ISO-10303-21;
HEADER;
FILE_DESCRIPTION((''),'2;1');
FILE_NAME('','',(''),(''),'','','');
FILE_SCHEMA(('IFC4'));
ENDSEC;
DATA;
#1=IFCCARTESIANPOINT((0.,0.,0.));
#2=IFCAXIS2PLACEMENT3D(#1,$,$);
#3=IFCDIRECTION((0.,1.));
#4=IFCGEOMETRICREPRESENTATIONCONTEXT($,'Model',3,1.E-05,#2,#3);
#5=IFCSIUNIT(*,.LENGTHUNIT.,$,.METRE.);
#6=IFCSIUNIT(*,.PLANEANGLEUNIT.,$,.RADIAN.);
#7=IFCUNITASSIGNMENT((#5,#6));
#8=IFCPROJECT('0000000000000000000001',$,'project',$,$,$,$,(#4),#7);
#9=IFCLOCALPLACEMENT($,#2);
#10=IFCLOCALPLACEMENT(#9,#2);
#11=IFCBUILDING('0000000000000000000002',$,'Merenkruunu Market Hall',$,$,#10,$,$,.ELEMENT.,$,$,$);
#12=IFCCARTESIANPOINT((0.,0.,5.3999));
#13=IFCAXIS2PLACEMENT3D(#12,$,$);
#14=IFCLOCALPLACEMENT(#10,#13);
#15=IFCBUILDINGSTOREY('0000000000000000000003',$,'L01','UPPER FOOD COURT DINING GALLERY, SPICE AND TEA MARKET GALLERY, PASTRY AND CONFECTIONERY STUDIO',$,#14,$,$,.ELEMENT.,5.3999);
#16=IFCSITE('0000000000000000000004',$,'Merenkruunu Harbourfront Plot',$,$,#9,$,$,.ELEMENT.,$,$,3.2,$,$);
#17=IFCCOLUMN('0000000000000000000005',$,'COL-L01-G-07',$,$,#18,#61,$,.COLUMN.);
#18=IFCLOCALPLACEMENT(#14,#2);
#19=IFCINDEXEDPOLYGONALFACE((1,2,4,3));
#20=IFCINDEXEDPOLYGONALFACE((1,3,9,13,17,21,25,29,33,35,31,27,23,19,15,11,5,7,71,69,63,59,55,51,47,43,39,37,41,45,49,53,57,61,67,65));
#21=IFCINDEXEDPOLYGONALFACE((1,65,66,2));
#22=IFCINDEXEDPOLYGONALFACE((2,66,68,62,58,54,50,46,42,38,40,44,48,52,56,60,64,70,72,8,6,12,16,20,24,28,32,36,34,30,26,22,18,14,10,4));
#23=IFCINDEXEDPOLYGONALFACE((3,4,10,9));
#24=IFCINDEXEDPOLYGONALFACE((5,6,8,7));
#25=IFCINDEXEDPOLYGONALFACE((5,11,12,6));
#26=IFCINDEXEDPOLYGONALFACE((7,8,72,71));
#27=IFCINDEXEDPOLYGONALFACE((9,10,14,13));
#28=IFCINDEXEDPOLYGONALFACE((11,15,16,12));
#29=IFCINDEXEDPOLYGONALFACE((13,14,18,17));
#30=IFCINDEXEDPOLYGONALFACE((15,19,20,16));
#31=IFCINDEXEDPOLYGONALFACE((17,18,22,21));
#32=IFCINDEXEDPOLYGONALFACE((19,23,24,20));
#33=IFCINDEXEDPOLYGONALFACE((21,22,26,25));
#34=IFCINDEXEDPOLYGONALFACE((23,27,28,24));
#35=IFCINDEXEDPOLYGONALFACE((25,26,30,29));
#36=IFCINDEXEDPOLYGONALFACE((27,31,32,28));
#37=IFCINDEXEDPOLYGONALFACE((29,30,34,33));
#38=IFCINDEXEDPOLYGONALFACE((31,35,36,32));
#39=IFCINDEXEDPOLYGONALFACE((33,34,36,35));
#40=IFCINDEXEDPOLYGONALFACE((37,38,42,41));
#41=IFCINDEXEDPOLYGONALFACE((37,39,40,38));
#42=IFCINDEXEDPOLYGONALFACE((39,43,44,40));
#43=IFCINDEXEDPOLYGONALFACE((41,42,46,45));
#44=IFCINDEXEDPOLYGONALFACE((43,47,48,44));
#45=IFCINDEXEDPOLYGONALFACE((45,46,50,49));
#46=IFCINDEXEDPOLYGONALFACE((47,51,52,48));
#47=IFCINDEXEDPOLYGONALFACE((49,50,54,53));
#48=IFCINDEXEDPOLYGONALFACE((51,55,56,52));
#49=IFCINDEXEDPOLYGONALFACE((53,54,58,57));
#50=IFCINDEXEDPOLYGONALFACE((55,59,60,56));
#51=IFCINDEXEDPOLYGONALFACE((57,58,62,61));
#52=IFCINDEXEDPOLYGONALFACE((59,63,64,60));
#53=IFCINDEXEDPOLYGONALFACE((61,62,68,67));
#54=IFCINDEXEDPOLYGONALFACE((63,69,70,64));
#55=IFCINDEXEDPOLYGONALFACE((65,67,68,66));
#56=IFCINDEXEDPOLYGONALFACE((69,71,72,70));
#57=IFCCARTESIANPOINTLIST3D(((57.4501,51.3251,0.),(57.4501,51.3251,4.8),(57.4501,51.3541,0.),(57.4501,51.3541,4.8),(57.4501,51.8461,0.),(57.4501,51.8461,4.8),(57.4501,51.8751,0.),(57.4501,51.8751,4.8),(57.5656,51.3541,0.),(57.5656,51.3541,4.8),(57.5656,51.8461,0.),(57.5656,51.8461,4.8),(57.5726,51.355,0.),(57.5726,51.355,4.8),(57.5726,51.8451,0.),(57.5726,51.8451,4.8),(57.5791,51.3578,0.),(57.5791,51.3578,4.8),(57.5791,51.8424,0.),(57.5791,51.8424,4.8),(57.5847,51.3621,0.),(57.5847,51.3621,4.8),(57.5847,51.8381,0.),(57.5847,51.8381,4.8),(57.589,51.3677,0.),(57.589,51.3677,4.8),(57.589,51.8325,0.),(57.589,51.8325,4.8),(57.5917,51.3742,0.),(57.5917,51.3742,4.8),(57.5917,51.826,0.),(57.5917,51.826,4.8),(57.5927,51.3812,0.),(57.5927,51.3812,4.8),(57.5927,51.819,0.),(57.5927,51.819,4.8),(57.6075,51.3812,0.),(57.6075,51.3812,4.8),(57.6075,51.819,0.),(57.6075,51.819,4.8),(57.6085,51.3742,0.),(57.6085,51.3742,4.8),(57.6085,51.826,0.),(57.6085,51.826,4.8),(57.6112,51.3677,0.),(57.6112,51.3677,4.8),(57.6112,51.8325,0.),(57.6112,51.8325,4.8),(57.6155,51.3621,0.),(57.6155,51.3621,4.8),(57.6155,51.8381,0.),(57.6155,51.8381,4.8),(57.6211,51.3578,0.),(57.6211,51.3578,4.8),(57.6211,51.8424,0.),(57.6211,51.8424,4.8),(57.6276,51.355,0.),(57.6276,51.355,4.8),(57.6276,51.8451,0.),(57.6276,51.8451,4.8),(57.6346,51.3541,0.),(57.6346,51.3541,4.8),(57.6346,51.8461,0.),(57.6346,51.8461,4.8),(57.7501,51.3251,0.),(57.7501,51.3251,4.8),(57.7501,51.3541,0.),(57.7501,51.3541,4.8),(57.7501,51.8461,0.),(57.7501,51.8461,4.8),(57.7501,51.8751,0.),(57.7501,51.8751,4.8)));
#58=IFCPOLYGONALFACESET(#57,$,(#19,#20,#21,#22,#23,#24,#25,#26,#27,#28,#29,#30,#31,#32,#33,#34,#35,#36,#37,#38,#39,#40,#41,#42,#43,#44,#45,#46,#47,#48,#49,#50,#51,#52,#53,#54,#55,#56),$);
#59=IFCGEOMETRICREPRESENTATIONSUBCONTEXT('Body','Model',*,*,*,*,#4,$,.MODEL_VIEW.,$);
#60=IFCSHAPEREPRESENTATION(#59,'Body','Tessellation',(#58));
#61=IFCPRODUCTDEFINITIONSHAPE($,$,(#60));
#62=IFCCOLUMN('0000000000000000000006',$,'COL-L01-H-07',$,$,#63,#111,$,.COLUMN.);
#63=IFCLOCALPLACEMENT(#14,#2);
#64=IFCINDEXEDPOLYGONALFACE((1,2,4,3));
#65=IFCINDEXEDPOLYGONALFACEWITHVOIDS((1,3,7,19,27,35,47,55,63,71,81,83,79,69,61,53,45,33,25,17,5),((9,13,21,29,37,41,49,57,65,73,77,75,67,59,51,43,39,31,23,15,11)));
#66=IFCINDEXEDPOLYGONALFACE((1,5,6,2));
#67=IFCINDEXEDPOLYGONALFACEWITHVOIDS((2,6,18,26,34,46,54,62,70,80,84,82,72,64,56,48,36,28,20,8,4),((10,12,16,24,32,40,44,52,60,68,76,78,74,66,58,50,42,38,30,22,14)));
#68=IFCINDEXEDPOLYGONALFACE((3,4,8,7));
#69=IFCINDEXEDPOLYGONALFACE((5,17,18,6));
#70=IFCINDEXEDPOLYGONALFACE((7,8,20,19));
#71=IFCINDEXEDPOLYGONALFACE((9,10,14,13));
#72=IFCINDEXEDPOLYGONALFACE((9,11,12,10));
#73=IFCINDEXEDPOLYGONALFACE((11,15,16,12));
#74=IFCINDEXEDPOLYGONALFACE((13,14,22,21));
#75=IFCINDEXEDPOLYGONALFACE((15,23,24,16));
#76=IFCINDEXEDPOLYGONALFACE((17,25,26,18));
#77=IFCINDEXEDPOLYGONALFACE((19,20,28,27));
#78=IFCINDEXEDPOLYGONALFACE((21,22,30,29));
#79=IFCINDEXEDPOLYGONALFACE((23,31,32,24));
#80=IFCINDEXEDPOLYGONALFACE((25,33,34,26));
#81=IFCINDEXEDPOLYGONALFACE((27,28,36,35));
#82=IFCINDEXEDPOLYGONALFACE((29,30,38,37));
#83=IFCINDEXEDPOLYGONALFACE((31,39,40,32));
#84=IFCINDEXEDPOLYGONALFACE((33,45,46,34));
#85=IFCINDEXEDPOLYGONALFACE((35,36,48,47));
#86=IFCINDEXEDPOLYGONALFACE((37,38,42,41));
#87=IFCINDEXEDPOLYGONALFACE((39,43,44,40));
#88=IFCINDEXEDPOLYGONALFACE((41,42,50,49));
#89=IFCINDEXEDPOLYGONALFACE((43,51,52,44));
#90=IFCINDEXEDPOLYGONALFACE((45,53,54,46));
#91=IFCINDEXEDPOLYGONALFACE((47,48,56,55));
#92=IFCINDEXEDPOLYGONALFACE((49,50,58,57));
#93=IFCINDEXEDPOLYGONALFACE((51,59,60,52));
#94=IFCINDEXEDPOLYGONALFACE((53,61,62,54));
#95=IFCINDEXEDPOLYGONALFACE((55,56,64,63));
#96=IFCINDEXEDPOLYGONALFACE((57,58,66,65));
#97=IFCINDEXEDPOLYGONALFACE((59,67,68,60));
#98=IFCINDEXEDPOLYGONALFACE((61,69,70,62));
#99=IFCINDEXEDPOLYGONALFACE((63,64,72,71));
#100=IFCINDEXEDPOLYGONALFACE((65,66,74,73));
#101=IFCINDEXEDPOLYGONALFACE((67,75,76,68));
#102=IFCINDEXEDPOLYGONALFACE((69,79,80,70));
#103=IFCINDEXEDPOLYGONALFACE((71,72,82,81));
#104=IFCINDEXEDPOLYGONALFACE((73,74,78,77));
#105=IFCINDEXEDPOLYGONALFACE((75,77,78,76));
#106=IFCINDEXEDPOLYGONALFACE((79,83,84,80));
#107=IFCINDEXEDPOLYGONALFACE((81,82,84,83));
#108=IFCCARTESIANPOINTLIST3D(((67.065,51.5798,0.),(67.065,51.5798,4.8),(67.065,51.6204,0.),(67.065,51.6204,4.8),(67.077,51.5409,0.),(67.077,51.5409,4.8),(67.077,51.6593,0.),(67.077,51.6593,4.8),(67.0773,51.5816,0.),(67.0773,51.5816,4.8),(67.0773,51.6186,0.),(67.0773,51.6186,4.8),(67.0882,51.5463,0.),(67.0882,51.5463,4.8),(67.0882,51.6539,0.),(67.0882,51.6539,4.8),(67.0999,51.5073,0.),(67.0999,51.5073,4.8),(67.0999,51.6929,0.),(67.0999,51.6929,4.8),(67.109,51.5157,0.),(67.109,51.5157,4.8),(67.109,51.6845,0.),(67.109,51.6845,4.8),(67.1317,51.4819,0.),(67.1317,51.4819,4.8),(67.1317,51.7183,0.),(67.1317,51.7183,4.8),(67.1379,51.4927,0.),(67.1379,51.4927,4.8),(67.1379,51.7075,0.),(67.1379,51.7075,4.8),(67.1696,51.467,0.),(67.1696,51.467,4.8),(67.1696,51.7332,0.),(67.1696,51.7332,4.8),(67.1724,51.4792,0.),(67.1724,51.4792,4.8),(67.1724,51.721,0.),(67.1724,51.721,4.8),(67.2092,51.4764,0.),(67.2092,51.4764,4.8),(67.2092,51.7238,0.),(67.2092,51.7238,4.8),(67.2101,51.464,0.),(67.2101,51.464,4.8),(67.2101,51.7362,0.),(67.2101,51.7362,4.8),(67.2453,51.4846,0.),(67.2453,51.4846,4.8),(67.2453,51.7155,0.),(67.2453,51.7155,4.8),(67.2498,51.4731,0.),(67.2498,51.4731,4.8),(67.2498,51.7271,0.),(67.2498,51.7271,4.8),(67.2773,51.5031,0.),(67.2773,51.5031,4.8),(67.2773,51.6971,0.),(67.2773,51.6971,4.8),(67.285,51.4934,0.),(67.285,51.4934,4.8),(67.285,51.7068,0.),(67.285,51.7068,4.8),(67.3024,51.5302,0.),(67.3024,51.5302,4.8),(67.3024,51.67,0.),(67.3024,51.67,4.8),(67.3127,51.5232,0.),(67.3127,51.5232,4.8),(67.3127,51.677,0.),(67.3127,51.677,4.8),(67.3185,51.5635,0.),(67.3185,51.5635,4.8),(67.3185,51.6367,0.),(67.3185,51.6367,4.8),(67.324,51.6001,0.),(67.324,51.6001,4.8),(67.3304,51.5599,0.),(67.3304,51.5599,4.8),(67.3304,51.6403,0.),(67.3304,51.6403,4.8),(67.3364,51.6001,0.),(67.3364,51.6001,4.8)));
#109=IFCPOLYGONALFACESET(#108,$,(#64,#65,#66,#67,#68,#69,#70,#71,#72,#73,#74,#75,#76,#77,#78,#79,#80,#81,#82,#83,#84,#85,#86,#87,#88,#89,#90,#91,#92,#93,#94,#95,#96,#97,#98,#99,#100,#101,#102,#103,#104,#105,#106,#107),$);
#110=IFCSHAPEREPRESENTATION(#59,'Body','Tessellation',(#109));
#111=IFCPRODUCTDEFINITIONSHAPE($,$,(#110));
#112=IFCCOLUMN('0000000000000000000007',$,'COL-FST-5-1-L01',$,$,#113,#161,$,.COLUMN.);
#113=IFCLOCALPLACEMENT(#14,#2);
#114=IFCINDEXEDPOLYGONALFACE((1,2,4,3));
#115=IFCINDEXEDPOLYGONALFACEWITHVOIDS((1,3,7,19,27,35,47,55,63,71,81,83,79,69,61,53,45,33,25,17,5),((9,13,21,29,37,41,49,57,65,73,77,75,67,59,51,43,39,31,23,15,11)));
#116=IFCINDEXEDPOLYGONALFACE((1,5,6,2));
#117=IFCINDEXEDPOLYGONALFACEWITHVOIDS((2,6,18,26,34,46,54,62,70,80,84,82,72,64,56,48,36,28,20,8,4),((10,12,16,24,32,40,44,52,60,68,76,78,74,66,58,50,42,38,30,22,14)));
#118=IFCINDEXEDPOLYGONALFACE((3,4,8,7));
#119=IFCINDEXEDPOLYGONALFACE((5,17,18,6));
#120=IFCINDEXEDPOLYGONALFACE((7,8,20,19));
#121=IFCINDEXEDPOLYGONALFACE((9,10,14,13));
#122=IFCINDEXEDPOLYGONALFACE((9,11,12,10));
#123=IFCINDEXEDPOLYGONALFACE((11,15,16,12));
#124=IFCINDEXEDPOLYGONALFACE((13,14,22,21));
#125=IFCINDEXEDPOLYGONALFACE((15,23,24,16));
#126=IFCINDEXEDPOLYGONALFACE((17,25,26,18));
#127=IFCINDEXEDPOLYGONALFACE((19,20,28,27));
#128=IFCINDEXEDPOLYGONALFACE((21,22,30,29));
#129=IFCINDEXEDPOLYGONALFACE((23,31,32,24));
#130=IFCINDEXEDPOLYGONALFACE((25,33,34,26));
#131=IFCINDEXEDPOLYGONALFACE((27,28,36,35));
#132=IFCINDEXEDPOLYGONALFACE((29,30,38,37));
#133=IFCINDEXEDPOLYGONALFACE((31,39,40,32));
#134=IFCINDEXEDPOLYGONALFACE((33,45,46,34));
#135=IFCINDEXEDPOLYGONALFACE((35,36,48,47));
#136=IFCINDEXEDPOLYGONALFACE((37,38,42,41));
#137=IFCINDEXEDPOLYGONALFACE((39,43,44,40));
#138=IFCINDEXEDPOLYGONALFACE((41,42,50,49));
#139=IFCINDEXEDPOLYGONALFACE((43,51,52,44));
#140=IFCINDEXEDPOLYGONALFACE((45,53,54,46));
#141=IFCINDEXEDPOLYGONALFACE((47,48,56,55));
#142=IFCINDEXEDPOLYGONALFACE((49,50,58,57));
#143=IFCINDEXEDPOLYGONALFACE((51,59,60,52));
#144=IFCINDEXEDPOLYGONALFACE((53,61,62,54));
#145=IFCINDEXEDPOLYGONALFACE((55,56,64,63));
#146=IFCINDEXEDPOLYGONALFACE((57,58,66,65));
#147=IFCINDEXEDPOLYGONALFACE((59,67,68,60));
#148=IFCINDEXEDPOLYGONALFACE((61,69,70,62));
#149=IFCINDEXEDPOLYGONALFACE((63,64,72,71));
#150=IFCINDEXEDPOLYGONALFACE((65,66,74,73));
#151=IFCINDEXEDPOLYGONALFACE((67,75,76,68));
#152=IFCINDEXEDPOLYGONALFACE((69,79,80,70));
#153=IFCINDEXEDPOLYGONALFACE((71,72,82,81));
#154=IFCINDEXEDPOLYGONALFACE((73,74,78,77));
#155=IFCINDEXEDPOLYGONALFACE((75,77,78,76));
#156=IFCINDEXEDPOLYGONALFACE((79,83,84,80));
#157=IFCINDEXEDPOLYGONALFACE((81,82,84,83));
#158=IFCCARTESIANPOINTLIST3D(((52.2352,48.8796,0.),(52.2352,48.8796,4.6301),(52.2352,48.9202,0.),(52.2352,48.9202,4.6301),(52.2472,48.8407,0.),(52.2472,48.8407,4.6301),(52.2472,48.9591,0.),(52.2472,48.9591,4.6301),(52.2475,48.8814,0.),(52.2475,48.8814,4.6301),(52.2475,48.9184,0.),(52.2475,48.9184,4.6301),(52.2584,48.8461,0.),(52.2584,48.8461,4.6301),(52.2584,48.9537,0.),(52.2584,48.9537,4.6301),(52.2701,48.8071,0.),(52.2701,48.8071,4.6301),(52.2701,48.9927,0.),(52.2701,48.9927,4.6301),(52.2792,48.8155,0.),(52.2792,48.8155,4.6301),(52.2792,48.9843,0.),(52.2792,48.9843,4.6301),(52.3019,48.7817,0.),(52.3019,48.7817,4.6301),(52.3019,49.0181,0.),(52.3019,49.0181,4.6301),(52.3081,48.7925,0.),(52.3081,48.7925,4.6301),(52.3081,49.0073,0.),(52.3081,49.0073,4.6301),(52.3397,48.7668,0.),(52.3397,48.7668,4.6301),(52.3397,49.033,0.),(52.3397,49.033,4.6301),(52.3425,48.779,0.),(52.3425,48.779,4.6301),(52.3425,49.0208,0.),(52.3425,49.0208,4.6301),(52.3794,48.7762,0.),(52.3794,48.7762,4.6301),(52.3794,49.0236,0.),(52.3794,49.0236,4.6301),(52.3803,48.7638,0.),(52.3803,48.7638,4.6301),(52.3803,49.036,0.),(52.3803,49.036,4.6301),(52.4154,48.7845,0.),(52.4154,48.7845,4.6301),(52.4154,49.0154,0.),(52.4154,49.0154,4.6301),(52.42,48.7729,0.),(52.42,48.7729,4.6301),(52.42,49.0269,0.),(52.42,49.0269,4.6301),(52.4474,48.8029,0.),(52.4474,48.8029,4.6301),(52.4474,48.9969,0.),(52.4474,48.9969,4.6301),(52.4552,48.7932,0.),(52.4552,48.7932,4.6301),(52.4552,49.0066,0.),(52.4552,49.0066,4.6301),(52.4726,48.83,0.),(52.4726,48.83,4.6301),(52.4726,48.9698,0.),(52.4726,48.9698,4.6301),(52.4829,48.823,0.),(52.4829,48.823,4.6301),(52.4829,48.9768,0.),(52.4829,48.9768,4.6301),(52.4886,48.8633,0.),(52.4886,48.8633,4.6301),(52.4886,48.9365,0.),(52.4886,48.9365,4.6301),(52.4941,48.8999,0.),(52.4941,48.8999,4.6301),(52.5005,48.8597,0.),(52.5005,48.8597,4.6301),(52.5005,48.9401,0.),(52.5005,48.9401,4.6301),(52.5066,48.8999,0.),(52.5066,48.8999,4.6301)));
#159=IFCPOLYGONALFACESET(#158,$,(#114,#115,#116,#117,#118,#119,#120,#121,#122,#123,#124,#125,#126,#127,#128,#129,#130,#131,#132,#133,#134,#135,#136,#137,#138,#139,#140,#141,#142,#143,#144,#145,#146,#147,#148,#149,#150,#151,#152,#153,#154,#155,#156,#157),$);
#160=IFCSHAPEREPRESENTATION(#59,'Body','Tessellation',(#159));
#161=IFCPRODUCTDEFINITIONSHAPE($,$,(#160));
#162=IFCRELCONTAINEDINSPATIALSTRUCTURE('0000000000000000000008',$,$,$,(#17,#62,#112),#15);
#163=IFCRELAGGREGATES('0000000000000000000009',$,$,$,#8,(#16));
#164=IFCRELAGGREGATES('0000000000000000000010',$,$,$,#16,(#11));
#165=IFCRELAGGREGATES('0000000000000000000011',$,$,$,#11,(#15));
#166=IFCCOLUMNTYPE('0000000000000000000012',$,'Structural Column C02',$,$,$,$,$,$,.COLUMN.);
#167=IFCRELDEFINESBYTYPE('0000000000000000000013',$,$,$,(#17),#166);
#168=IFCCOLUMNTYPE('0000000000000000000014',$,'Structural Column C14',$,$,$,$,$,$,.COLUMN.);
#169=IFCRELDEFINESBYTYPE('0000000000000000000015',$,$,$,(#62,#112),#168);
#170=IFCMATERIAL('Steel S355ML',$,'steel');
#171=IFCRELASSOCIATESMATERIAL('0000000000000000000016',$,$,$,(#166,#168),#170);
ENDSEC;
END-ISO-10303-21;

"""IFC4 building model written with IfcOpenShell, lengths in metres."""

from ifc_helpers import new_model, si_unit, direction, frame, origin, origin_2d, place, context, subcontext, project, spatial, hollow_circle, i_section, extrude, material, material_profile, profile_set, type_object, element, save


model = new_model("IFC4")

# Units and contexts
model_context = context("Model", 3, precision=1e-05, world=origin(), true_north=direction((0.0, 1.0)))
body_context = subcontext(model_context, "Body", "Model", "MODEL_VIEW")
ifc_project = project(units=[si_unit("LENGTHUNIT", "METRE"), si_unit("PLANEANGLEUNIT", "RADIAN")], contexts=[model_context])

# Site, building, storey
site_placement = place(None, origin())
site = spatial("IfcSite", under=ifc_project, at=site_placement, Name="Merenkruunu Harbourfront Plot", CompositionType="ELEMENT", RefElevation=3.2)
building_placement = place(site_placement, origin())
building = spatial("IfcBuilding", under=site, at=building_placement, Name="Merenkruunu Market Hall", CompositionType="ELEMENT")
storey_placement = place(building_placement, frame((0.0, 0.0, 5.3999)))
storey = spatial("IfcBuildingStorey", under=building, at=storey_placement, Name="L01", Description="UPPER FOOD COURT DINING GALLERY, SPICE AND TEA MARKET GALLERY, PASTRY AND CONFECTIONERY STUDIO", CompositionType="ELEMENT", Elevation=5.3999)

# Columns
ifc_material_1 = material(Name="Steel S355ML", Category="steel")
ifc_material_profile_1 = material_profile(ifc_material_1, i_section(OverallWidth=0.3, OverallDepth=0.55, WebThickness=0.0149, FlangeThickness=0.0291, FilletRadius=0.0271, at=origin_2d()), Name="HEB 550")
ifc_profile_set_1 = profile_set([ifc_material_profile_1], Name="Steel S355ML")
column_type_1 = type_object("IfcColumnType", Name="Structural Column C02", PredefinedType="COLUMN", material=ifc_profile_set_1)
column_1_placement = place(storey_placement, frame((57.6001, 51.6001, 0.0), z_axis=(0.0, 0.0, 1.0), x_axis=(1.0, 0.0, 0.0)))
element("IfcColumn", 1, at=column_1_placement, inside=storey, type_object=column_type_1, Name="COL-L01-G-07", PredefinedType="COLUMN", context=body_context, shape_type="SweptSolid", body=[
    extrude(i_section(OverallWidth=0.3, OverallDepth=0.55, WebThickness=0.0149, FlangeThickness=0.0291, FilletRadius=0.0271, at=origin_2d()), origin(), (0.0, 0.0, 1.0), 4.8),
])
ifc_material_profile_2 = material_profile(ifc_material_1, hollow_circle(Radius=0.1365, WallThickness=0.0125, at=origin_2d()), Name="CHS 273x12.5")
ifc_profile_set_2 = profile_set([ifc_material_profile_2], Name="Steel S355ML")
column_type_2 = type_object("IfcColumnType", Name="Structural Column C14", PredefinedType="COLUMN", material=ifc_profile_set_2)
column_2_placement = place(storey_placement, frame((67.2, 51.6001, 0.0), z_axis=(0.0, 0.0, 1.0), x_axis=(1.0, 0.0, 0.0)))
element("IfcColumn", 2, at=column_2_placement, inside=storey, type_object=column_type_2, Name="COL-L01-H-07", PredefinedType="COLUMN", context=body_context, shape_type="SweptSolid", body=[
    extrude(hollow_circle(Radius=0.1365, WallThickness=0.0125, at=origin_2d()), origin(), (0.0, 0.0, 1.0), 4.8),
])
for number, where, z_axis, x_axis, name in (
    (3, (52.3701, 48.8999, 0.0), (0.0, 0.0, 1.0), (1.0, 0.0, 0.0), "COL-FST-5-1-L01"),
):
    element("IfcColumn", number, at=place(storey_placement, frame(where, z_axis=z_axis, x_axis=x_axis)), inside=storey, type_object=column_type_2, Name=name, PredefinedType="COLUMN", context=body_context, shape_type="SweptSolid", body=[
        extrude(hollow_circle(Radius=0.1365, WallThickness=0.0125, at=origin_2d()), origin(), (0.0, 0.0, 1.0), 4.6301),
    ])

save(model, "model.ifc")
